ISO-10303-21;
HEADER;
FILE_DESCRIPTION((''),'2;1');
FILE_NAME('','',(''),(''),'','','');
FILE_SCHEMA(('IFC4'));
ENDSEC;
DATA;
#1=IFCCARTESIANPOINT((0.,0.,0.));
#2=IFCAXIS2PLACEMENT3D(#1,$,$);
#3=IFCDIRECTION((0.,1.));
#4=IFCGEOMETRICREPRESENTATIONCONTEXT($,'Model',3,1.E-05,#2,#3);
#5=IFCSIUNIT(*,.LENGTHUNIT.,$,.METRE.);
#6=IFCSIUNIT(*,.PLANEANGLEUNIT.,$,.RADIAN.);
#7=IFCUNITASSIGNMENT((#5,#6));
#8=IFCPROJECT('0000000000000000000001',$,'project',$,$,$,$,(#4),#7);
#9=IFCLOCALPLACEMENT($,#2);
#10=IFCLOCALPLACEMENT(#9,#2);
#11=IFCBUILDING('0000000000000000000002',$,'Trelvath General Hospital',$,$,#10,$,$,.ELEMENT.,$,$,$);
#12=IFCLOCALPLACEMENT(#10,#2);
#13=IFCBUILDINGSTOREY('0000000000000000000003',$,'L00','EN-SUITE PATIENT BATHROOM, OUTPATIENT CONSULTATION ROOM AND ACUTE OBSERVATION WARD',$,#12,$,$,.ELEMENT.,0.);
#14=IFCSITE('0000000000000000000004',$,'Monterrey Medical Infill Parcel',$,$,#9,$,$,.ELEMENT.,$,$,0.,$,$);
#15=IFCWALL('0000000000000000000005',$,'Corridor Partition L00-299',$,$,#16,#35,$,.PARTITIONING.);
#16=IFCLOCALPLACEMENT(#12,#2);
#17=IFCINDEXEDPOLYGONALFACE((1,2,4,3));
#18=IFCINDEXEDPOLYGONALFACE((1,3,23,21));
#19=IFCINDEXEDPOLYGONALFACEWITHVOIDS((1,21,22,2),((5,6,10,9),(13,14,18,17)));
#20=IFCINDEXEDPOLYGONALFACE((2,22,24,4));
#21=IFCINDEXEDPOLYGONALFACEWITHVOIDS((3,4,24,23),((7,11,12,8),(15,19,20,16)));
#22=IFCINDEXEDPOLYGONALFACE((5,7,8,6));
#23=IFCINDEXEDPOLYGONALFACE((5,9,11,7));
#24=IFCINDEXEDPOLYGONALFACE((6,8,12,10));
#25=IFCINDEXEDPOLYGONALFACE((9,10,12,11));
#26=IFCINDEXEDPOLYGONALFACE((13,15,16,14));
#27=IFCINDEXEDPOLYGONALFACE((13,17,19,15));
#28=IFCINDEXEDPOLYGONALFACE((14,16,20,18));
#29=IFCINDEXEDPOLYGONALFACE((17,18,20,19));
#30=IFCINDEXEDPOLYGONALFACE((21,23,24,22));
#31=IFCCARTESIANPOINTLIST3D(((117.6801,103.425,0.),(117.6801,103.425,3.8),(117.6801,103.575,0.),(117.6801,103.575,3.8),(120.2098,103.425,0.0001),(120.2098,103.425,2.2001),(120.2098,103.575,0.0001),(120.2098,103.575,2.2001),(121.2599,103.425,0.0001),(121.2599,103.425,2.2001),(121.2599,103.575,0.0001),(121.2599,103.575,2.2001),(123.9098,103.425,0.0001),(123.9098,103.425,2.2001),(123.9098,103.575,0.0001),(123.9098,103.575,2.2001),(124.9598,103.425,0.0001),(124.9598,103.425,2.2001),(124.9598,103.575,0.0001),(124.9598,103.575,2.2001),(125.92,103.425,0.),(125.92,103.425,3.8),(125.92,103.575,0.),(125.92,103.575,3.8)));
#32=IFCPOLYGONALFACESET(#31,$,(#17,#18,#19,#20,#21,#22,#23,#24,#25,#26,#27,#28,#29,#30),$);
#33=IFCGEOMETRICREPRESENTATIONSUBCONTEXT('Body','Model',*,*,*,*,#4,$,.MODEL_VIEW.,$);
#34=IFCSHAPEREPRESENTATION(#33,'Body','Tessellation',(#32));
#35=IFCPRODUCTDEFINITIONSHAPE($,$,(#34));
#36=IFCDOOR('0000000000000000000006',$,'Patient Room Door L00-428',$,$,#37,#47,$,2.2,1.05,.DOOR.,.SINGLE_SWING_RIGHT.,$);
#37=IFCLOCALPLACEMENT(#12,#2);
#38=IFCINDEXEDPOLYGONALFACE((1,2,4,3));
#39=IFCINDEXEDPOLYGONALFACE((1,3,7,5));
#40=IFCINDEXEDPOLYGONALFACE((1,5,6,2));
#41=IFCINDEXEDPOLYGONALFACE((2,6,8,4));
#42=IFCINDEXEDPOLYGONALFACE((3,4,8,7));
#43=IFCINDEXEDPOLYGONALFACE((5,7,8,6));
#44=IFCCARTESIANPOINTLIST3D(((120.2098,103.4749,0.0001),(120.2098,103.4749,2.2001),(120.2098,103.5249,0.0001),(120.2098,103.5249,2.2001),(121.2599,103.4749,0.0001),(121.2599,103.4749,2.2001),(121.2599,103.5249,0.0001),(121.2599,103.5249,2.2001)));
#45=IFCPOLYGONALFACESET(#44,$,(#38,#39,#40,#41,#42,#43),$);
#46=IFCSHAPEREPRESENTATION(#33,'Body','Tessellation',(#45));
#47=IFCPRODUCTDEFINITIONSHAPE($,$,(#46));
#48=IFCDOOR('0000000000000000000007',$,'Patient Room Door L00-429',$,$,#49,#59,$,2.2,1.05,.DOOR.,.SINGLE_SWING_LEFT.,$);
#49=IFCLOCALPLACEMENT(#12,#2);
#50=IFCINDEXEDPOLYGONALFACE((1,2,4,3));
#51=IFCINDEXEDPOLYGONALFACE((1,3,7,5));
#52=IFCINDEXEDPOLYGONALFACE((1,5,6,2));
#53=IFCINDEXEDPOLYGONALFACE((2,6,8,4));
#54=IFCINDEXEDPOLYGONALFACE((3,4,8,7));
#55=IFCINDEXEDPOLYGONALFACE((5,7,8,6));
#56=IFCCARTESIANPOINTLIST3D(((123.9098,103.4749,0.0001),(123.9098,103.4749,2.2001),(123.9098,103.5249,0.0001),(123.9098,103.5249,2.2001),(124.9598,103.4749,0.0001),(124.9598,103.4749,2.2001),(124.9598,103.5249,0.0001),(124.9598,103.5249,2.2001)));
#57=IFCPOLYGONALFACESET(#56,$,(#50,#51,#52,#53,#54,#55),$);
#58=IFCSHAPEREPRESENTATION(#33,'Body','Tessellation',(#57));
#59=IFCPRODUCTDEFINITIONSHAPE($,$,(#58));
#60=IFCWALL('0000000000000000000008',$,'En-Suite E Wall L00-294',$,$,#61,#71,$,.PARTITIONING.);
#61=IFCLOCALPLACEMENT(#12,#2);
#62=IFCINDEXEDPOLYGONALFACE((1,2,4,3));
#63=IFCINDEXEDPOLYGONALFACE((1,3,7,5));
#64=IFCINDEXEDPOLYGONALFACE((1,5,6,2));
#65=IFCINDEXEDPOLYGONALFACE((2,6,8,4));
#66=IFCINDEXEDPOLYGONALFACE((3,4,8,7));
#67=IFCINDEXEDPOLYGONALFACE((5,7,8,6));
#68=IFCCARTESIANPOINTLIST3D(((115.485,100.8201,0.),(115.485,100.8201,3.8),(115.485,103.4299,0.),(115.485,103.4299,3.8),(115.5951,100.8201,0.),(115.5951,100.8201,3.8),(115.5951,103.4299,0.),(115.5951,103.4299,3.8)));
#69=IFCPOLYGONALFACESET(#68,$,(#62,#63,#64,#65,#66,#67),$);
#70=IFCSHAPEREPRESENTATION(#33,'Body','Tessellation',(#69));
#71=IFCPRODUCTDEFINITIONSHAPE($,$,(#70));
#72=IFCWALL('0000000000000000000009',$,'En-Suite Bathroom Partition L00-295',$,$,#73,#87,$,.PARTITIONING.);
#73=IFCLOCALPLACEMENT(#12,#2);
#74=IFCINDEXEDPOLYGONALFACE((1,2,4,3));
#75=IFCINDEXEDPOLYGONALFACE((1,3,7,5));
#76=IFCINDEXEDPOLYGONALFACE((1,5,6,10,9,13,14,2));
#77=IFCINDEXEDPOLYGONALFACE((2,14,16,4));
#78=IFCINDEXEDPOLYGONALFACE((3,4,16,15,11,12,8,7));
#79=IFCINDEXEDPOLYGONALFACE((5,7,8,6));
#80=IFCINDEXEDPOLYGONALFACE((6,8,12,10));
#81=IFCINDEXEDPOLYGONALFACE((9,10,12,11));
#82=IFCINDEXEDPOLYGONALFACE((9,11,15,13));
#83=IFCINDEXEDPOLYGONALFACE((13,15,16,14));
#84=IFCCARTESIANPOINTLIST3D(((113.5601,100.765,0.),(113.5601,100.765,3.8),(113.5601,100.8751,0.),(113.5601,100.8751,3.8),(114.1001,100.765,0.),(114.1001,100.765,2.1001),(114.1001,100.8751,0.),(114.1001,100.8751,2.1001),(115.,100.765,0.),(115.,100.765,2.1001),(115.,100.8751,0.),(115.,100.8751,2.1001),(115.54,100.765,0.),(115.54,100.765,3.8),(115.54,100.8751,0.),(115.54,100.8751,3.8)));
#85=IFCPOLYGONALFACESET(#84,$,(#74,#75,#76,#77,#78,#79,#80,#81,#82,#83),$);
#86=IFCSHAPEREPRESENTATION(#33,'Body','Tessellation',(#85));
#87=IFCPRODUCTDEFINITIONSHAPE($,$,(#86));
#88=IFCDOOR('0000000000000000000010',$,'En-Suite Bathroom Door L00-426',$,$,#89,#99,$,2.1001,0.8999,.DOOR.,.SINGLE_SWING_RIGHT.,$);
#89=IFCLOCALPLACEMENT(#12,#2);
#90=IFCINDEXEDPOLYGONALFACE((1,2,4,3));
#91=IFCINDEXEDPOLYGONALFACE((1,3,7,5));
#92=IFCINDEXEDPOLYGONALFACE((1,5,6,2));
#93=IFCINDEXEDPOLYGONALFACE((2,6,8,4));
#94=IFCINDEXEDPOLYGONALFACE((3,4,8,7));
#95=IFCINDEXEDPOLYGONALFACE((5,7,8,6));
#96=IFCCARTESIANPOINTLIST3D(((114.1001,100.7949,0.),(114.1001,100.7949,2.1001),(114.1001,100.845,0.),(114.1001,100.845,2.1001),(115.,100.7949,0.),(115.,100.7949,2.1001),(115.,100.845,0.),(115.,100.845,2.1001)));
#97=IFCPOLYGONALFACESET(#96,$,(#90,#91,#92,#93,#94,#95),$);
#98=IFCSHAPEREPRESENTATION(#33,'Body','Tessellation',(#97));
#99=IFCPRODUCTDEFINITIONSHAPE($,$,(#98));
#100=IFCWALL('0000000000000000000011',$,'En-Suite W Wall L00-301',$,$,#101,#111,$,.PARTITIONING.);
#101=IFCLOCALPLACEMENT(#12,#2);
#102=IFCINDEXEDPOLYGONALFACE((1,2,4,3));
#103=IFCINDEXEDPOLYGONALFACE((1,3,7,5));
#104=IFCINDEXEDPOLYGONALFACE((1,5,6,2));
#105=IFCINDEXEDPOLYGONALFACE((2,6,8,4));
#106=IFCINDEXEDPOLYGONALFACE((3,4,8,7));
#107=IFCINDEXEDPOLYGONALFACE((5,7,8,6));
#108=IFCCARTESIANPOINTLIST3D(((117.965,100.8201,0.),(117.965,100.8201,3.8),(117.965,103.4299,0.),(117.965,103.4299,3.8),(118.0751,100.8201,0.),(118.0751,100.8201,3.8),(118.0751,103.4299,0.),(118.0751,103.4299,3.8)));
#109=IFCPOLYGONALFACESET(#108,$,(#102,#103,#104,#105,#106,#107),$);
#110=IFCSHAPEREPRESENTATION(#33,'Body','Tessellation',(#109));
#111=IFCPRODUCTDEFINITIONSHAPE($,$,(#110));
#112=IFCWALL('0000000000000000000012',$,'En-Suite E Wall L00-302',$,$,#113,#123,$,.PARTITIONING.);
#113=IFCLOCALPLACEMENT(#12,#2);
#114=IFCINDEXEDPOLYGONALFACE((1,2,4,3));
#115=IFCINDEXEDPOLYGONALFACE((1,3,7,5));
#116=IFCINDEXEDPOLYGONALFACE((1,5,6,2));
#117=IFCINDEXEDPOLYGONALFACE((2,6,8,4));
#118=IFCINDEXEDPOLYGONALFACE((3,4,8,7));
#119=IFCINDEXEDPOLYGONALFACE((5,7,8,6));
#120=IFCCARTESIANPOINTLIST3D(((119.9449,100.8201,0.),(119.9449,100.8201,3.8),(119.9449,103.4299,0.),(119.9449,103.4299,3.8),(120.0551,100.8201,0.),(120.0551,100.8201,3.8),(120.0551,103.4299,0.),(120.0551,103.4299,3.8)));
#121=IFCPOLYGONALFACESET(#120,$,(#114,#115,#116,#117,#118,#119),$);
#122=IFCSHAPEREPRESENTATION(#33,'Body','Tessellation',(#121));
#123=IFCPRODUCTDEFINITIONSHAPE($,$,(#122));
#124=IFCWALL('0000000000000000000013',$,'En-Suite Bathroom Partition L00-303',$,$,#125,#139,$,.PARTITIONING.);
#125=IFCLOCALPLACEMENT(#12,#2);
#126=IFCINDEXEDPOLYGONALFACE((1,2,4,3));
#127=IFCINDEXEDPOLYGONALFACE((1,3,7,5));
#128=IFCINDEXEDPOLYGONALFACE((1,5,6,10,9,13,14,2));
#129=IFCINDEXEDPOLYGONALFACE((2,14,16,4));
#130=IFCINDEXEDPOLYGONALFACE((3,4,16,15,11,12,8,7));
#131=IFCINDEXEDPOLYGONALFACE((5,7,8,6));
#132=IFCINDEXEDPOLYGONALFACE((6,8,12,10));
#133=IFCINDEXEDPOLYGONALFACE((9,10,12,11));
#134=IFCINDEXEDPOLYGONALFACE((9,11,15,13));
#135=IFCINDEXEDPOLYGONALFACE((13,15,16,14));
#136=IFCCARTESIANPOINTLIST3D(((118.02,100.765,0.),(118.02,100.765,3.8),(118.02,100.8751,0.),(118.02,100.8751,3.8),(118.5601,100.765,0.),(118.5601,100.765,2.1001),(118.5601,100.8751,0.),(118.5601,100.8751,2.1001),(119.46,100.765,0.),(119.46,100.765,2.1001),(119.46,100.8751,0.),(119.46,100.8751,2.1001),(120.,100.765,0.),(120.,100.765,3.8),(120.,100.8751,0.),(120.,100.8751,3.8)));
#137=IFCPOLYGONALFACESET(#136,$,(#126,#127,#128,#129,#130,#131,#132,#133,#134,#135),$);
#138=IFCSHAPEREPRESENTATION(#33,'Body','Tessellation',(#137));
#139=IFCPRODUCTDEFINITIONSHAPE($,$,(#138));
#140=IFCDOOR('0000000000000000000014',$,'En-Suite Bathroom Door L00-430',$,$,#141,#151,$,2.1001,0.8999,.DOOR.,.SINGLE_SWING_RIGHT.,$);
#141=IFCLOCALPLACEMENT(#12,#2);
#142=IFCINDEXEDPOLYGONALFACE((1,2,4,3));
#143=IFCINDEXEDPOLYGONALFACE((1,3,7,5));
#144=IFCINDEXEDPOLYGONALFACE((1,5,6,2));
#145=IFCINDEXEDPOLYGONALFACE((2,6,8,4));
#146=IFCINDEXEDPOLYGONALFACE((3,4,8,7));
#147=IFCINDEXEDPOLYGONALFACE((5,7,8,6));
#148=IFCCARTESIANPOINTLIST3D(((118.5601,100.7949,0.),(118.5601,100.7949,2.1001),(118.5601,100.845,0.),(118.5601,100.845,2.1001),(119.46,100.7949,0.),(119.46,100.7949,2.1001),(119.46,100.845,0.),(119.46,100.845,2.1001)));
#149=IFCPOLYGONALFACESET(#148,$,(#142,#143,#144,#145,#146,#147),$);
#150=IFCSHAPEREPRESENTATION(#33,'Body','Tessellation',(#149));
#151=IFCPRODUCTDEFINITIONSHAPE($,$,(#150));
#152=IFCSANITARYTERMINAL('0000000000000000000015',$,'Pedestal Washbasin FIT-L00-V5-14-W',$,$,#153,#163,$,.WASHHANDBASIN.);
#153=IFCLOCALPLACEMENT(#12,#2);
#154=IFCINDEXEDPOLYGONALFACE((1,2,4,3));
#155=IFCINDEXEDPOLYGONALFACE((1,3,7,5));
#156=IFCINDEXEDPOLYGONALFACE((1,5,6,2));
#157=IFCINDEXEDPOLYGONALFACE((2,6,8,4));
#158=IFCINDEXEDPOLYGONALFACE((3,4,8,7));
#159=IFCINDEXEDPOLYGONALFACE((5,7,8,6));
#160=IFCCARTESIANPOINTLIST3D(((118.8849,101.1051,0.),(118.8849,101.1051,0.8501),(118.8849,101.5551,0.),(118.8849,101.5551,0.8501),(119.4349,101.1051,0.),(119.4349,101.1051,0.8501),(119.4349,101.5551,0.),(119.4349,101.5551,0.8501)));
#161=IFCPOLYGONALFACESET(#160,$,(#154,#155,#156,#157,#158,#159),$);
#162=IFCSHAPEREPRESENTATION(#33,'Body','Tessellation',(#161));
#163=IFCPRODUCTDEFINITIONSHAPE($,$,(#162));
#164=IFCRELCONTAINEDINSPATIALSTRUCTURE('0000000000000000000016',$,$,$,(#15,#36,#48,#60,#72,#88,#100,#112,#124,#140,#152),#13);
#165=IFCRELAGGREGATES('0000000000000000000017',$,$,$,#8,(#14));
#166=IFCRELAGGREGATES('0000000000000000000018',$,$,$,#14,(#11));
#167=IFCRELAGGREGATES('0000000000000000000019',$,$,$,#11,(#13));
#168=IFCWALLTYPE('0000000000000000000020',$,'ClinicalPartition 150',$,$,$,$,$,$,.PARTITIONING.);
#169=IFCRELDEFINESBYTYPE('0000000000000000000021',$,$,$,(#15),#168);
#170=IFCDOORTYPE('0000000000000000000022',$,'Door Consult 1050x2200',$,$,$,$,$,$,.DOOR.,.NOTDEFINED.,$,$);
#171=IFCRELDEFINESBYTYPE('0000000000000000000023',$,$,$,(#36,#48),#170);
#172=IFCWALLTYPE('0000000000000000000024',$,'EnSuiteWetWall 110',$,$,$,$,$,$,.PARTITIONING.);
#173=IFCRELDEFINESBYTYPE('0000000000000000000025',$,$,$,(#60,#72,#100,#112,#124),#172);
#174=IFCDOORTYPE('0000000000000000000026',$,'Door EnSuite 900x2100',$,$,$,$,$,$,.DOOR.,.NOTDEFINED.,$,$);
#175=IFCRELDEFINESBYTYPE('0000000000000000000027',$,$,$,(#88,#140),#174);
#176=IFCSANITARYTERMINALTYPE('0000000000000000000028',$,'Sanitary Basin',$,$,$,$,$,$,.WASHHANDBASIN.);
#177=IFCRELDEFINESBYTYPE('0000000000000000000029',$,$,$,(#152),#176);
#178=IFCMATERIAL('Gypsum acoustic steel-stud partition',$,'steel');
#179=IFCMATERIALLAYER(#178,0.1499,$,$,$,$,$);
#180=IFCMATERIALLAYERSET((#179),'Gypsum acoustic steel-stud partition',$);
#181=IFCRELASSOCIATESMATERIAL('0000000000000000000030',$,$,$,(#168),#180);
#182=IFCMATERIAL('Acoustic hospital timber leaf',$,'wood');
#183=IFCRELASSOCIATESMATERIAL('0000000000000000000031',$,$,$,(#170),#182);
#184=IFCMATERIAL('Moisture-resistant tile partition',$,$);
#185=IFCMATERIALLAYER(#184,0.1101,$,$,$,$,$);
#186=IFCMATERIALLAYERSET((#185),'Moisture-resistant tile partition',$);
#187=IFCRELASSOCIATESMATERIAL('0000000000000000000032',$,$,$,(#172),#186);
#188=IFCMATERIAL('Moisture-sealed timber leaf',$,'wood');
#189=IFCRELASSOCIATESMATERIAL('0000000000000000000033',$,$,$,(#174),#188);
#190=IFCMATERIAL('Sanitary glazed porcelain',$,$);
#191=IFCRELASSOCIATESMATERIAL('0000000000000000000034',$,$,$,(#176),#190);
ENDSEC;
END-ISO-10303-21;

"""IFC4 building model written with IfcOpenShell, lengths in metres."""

from ifc_helpers import new_model, si_unit, direction, frame, frame_2d, origin, origin_2d, place, context, subcontext, project, spatial, rectangle, extrude, material, layer, layer_set, type_object, element, fill, save


model = new_model("IFC4")

# Units and contexts
model_context = context("Model", 3, precision=1e-05, world=origin(), true_north=direction((0.0, 1.0)))
body_context = subcontext(model_context, "Body", "Model", "MODEL_VIEW")
ifc_project = project(units=[si_unit("LENGTHUNIT", "METRE"), si_unit("PLANEANGLEUNIT", "RADIAN")], contexts=[model_context])

# Site, building, storey
site_placement = place(None, origin())
site = spatial("IfcSite", under=ifc_project, at=site_placement, Name="Monterrey Medical Infill Parcel", CompositionType="ELEMENT", RefElevation=0.0)
building_placement = place(site_placement, origin())
building = spatial("IfcBuilding", under=site, at=building_placement, Name="Trelvath General Hospital", CompositionType="ELEMENT")
storey_placement = place(building_placement, origin())
storey = spatial("IfcBuildingStorey", under=building, at=storey_placement, Name="L00", Description="EN-SUITE PATIENT BATHROOM, OUTPATIENT CONSULTATION ROOM AND ACUTE OBSERVATION WARD", CompositionType="ELEMENT", Elevation=0.0)

# Wall, openings, doors
ifc_material_1 = material(Name="Gypsum acoustic steel-stud partition", Category="steel")
ifc_layer_1 = layer(ifc_material_1, 0.1499)
ifc_layer_set_1 = layer_set([ifc_layer_1], Name="Gypsum acoustic steel-stud partition")
wall_type_1 = type_object("IfcWallType", Name="ClinicalPartition 150", PredefinedType="PARTITIONING", material=ifc_layer_set_1)
wall_1_placement = place(storey_placement, frame((117.6799, 103.5, 0.0), z_axis=(0.0, 0.0, 1.0), x_axis=(1.0, 0.0, 0.0)))
wall_1 = element("IfcWall", 1, at=wall_1_placement, inside=storey, type_object=wall_type_1, Name="Corridor Partition L00-299", PredefinedType="PARTITIONING", context=body_context, shape_type="SweptSolid", body=[
    extrude(rectangle(XDim=8.24, YDim=0.1499, at=frame_2d((4.1201, 0.0))), origin(), (0.0, 0.0, 1.0), 3.8),
])
opening_1_placement = place(wall_1_placement, frame((2.53, 0.0, 0.0)))
opening_1 = element("IfcOpeningElement", 2, at=opening_1_placement, cuts=wall_1, PredefinedType="OPENING", context=body_context, shape_type="SweptSolid", body=[
    extrude(rectangle(XDim=1.05, YDim=2.2, at=frame_2d((0.5249, 1.1001))), frame((0.0, 0.085, 0.0), z_axis=(0.0, -1.0, 0.0), x_axis=(1.0, 0.0, 0.0)), (0.0, 0.0, 1.0), 0.1699),
])
opening_2_placement = place(wall_1_placement, frame((6.23, 0.0, 0.0)))
opening_2 = element("IfcOpeningElement", 3, at=opening_2_placement, cuts=wall_1, PredefinedType="OPENING", context=body_context, shape_type="SweptSolid", body=[
    extrude(rectangle(XDim=1.05, YDim=2.2, at=frame_2d((0.5249, 1.1001))), frame((0.0, 0.085, 0.0), z_axis=(0.0, -1.0, 0.0), x_axis=(1.0, 0.0, 0.0)), (0.0, 0.0, 1.0), 0.1699),
])
ifc_material_2 = material(Name="Acoustic hospital timber leaf", Category="wood")
door_type_1 = type_object("IfcDoorType", Name="Door Consult 1050x2200", OperationType="NOTDEFINED", PredefinedType="DOOR", material=ifc_material_2)
door_1_placement = place(opening_1_placement, origin())
door_1 = element("IfcDoor", 4, at=door_1_placement, inside=storey, type_object=door_type_1, Name="Patient Room Door L00-428", OperationType="SINGLE_SWING_RIGHT", OverallHeight=2.2, OverallWidth=1.05, PredefinedType="DOOR", context=body_context, shape_type="SweptSolid", body=[
    extrude(rectangle(XDim=1.05, YDim=2.2, at=frame_2d((0.5249, 1.1001))), frame((0.0, 0.0249, 0.0), z_axis=(0.0, -1.0, 0.0), x_axis=(1.0, 0.0, 0.0)), (0.0, 0.0, 1.0), 0.05),
])
fill(opening_1, door_1)
door_2_placement = place(opening_2_placement, origin())
door_2 = element("IfcDoor", 5, at=door_2_placement, inside=storey, type_object=door_type_1, Name="Patient Room Door L00-429", OperationType="SINGLE_SWING_LEFT", OverallHeight=2.2, OverallWidth=1.05, PredefinedType="DOOR", context=body_context, shape_type="SweptSolid", body=[
    extrude(rectangle(XDim=1.05, YDim=2.2, at=frame_2d((0.5249, 1.1001))), frame((0.0, 0.0249, 0.0), z_axis=(0.0, -1.0, 0.0), x_axis=(1.0, 0.0, 0.0)), (0.0, 0.0, 1.0), 0.05),
])
fill(opening_2, door_2)

# Wall
ifc_material_3 = material(Name="Moisture-resistant tile partition")
ifc_layer_2 = layer(ifc_material_3, 0.1101)
ifc_layer_set_2 = layer_set([ifc_layer_2], Name="Moisture-resistant tile partition")
wall_type_2 = type_object("IfcWallType", Name="EnSuiteWetWall 110", PredefinedType="PARTITIONING", material=ifc_layer_set_2)
wall_2_placement = place(storey_placement, frame((115.54, 100.8201, 0.0), z_axis=(0.0, 0.0, 1.0), x_axis=(0.0, 1.0, 0.0)))
element("IfcWall", 6, at=wall_2_placement, inside=storey, type_object=wall_type_2, Name="En-Suite E Wall L00-294", PredefinedType="PARTITIONING", context=body_context, shape_type="SweptSolid", body=[
    extrude(rectangle(XDim=2.6099, YDim=0.1101, at=frame_2d((1.3049, 0.0))), origin(), (0.0, 0.0, 1.0), 3.8),
])

# Wall, opening, door
wall_3_placement = place(storey_placement, frame((113.5601, 100.8201, 0.0), z_axis=(0.0, 0.0, 1.0), x_axis=(1.0, 0.0, 0.0)))
wall_3 = element("IfcWall", 7, at=wall_3_placement, inside=storey, type_object=wall_type_2, Name="En-Suite Bathroom Partition L00-295", PredefinedType="PARTITIONING", context=body_context, shape_type="SweptSolid", body=[
    extrude(rectangle(XDim=1.98, YDim=0.1101, at=frame_2d((0.99, 0.0))), origin(), (0.0, 0.0, 1.0), 3.8),
])
opening_3_placement = place(wall_3_placement, frame((0.54, 0.0, 0.0)))
opening_3 = element("IfcOpeningElement", 8, at=opening_3_placement, cuts=wall_3, PredefinedType="OPENING", context=body_context, shape_type="SweptSolid", body=[
    extrude(rectangle(XDim=0.8999, YDim=2.1001, at=frame_2d((0.45, 1.05))), frame((0.0, 0.0649, 0.0), z_axis=(0.0, -1.0, 0.0), x_axis=(1.0, 0.0, 0.0)), (0.0, 0.0, 1.0), 0.1301),
])
ifc_material_4 = material(Name="Moisture-sealed timber leaf", Category="wood")
door_type_2 = type_object("IfcDoorType", Name="Door EnSuite 900x2100", OperationType="NOTDEFINED", PredefinedType="DOOR", material=ifc_material_4)
door_3_placement = place(opening_3_placement, origin())
door_3 = element("IfcDoor", 9, at=door_3_placement, inside=storey, type_object=door_type_2, Name="En-Suite Bathroom Door L00-426", OperationType="SINGLE_SWING_RIGHT", OverallHeight=2.1001, OverallWidth=0.8999, PredefinedType="DOOR", context=body_context, shape_type="SweptSolid", body=[
    extrude(rectangle(XDim=0.8999, YDim=2.1001, at=frame_2d((0.45, 1.05))), frame((0.0, 0.0249, 0.0), z_axis=(0.0, -1.0, 0.0), x_axis=(1.0, 0.0, 0.0)), (0.0, 0.0, 1.0), 0.05),
])
fill(opening_3, door_3)

# Walls
for number, where, z_axis, x_axis, name in (
    (10, (118.02, 100.8201, 0.0), (0.0, 0.0, 1.0), (0.0, 1.0, 0.0), "En-Suite W Wall L00-301"),
    (11, (120.0, 100.8201, 0.0), (0.0, 0.0, 1.0), (0.0, 1.0, 0.0), "En-Suite E Wall L00-302"),
):
    element("IfcWall", number, at=place(storey_placement, frame(where, z_axis=z_axis, x_axis=x_axis)), inside=storey, type_object=wall_type_2, Name=name, PredefinedType="PARTITIONING", context=body_context, shape_type="SweptSolid", body=[
        extrude(rectangle(XDim=2.6099, YDim=0.1101, at=frame_2d((1.3049, 0.0))), origin(), (0.0, 0.0, 1.0), 3.8),
    ])

# Wall, opening, door
wall_4_placement = place(storey_placement, frame((118.02, 100.8201, 0.0), z_axis=(0.0, 0.0, 1.0), x_axis=(1.0, 0.0, 0.0)))
wall_4 = element("IfcWall", 12, at=wall_4_placement, inside=storey, type_object=wall_type_2, Name="En-Suite Bathroom Partition L00-303", PredefinedType="PARTITIONING", context=body_context, shape_type="SweptSolid", body=[
    extrude(rectangle(XDim=1.98, YDim=0.1101, at=frame_2d((0.99, 0.0))), origin(), (0.0, 0.0, 1.0), 3.8),
])
opening_4_placement = place(wall_4_placement, frame((0.54, 0.0, 0.0)))
opening_4 = element("IfcOpeningElement", 13, at=opening_4_placement, cuts=wall_4, PredefinedType="OPENING", context=body_context, shape_type="SweptSolid", body=[
    extrude(rectangle(XDim=0.8999, YDim=2.1001, at=frame_2d((0.45, 1.05))), frame((0.0, 0.0649, 0.0), z_axis=(0.0, -1.0, 0.0), x_axis=(1.0, 0.0, 0.0)), (0.0, 0.0, 1.0), 0.1301),
])
door_4_placement = place(opening_4_placement, origin())
door_4 = element("IfcDoor", 14, at=door_4_placement, inside=storey, type_object=door_type_2, Name="En-Suite Bathroom Door L00-430", OperationType="SINGLE_SWING_RIGHT", OverallHeight=2.1001, OverallWidth=0.8999, PredefinedType="DOOR", context=body_context, shape_type="SweptSolid", body=[
    extrude(rectangle(XDim=0.8999, YDim=2.1001, at=frame_2d((0.45, 1.05))), frame((0.0, 0.0249, 0.0), z_axis=(0.0, -1.0, 0.0), x_axis=(1.0, 0.0, 0.0)), (0.0, 0.0, 1.0), 0.05),
])
fill(opening_4, door_4)

# Sanitary terminal
ifc_material_5 = material(Name="Sanitary glazed porcelain")
sanitary_terminal_type_1 = type_object("IfcSanitaryTerminalType", Name="Sanitary Basin", PredefinedType="WASHHANDBASIN", material=ifc_material_5)
sanitary_terminal_1_placement = place(storey_placement, frame((119.1599, 101.3301, 0.0), z_axis=(0.0, 0.0, 1.0), x_axis=(1.0, 0.0, 0.0)))
element("IfcSanitaryTerminal", 15, at=sanitary_terminal_1_placement, inside=storey, type_object=sanitary_terminal_type_1, Name="Pedestal Washbasin FIT-L00-V5-14-W", PredefinedType="WASHHANDBASIN", context=body_context, shape_type="SweptSolid", body=[
    extrude(rectangle(XDim=0.55, YDim=0.45, at=origin_2d()), origin(), (0.0, 0.0, 1.0), 0.8501),
])

save(model, "model.ifc")
